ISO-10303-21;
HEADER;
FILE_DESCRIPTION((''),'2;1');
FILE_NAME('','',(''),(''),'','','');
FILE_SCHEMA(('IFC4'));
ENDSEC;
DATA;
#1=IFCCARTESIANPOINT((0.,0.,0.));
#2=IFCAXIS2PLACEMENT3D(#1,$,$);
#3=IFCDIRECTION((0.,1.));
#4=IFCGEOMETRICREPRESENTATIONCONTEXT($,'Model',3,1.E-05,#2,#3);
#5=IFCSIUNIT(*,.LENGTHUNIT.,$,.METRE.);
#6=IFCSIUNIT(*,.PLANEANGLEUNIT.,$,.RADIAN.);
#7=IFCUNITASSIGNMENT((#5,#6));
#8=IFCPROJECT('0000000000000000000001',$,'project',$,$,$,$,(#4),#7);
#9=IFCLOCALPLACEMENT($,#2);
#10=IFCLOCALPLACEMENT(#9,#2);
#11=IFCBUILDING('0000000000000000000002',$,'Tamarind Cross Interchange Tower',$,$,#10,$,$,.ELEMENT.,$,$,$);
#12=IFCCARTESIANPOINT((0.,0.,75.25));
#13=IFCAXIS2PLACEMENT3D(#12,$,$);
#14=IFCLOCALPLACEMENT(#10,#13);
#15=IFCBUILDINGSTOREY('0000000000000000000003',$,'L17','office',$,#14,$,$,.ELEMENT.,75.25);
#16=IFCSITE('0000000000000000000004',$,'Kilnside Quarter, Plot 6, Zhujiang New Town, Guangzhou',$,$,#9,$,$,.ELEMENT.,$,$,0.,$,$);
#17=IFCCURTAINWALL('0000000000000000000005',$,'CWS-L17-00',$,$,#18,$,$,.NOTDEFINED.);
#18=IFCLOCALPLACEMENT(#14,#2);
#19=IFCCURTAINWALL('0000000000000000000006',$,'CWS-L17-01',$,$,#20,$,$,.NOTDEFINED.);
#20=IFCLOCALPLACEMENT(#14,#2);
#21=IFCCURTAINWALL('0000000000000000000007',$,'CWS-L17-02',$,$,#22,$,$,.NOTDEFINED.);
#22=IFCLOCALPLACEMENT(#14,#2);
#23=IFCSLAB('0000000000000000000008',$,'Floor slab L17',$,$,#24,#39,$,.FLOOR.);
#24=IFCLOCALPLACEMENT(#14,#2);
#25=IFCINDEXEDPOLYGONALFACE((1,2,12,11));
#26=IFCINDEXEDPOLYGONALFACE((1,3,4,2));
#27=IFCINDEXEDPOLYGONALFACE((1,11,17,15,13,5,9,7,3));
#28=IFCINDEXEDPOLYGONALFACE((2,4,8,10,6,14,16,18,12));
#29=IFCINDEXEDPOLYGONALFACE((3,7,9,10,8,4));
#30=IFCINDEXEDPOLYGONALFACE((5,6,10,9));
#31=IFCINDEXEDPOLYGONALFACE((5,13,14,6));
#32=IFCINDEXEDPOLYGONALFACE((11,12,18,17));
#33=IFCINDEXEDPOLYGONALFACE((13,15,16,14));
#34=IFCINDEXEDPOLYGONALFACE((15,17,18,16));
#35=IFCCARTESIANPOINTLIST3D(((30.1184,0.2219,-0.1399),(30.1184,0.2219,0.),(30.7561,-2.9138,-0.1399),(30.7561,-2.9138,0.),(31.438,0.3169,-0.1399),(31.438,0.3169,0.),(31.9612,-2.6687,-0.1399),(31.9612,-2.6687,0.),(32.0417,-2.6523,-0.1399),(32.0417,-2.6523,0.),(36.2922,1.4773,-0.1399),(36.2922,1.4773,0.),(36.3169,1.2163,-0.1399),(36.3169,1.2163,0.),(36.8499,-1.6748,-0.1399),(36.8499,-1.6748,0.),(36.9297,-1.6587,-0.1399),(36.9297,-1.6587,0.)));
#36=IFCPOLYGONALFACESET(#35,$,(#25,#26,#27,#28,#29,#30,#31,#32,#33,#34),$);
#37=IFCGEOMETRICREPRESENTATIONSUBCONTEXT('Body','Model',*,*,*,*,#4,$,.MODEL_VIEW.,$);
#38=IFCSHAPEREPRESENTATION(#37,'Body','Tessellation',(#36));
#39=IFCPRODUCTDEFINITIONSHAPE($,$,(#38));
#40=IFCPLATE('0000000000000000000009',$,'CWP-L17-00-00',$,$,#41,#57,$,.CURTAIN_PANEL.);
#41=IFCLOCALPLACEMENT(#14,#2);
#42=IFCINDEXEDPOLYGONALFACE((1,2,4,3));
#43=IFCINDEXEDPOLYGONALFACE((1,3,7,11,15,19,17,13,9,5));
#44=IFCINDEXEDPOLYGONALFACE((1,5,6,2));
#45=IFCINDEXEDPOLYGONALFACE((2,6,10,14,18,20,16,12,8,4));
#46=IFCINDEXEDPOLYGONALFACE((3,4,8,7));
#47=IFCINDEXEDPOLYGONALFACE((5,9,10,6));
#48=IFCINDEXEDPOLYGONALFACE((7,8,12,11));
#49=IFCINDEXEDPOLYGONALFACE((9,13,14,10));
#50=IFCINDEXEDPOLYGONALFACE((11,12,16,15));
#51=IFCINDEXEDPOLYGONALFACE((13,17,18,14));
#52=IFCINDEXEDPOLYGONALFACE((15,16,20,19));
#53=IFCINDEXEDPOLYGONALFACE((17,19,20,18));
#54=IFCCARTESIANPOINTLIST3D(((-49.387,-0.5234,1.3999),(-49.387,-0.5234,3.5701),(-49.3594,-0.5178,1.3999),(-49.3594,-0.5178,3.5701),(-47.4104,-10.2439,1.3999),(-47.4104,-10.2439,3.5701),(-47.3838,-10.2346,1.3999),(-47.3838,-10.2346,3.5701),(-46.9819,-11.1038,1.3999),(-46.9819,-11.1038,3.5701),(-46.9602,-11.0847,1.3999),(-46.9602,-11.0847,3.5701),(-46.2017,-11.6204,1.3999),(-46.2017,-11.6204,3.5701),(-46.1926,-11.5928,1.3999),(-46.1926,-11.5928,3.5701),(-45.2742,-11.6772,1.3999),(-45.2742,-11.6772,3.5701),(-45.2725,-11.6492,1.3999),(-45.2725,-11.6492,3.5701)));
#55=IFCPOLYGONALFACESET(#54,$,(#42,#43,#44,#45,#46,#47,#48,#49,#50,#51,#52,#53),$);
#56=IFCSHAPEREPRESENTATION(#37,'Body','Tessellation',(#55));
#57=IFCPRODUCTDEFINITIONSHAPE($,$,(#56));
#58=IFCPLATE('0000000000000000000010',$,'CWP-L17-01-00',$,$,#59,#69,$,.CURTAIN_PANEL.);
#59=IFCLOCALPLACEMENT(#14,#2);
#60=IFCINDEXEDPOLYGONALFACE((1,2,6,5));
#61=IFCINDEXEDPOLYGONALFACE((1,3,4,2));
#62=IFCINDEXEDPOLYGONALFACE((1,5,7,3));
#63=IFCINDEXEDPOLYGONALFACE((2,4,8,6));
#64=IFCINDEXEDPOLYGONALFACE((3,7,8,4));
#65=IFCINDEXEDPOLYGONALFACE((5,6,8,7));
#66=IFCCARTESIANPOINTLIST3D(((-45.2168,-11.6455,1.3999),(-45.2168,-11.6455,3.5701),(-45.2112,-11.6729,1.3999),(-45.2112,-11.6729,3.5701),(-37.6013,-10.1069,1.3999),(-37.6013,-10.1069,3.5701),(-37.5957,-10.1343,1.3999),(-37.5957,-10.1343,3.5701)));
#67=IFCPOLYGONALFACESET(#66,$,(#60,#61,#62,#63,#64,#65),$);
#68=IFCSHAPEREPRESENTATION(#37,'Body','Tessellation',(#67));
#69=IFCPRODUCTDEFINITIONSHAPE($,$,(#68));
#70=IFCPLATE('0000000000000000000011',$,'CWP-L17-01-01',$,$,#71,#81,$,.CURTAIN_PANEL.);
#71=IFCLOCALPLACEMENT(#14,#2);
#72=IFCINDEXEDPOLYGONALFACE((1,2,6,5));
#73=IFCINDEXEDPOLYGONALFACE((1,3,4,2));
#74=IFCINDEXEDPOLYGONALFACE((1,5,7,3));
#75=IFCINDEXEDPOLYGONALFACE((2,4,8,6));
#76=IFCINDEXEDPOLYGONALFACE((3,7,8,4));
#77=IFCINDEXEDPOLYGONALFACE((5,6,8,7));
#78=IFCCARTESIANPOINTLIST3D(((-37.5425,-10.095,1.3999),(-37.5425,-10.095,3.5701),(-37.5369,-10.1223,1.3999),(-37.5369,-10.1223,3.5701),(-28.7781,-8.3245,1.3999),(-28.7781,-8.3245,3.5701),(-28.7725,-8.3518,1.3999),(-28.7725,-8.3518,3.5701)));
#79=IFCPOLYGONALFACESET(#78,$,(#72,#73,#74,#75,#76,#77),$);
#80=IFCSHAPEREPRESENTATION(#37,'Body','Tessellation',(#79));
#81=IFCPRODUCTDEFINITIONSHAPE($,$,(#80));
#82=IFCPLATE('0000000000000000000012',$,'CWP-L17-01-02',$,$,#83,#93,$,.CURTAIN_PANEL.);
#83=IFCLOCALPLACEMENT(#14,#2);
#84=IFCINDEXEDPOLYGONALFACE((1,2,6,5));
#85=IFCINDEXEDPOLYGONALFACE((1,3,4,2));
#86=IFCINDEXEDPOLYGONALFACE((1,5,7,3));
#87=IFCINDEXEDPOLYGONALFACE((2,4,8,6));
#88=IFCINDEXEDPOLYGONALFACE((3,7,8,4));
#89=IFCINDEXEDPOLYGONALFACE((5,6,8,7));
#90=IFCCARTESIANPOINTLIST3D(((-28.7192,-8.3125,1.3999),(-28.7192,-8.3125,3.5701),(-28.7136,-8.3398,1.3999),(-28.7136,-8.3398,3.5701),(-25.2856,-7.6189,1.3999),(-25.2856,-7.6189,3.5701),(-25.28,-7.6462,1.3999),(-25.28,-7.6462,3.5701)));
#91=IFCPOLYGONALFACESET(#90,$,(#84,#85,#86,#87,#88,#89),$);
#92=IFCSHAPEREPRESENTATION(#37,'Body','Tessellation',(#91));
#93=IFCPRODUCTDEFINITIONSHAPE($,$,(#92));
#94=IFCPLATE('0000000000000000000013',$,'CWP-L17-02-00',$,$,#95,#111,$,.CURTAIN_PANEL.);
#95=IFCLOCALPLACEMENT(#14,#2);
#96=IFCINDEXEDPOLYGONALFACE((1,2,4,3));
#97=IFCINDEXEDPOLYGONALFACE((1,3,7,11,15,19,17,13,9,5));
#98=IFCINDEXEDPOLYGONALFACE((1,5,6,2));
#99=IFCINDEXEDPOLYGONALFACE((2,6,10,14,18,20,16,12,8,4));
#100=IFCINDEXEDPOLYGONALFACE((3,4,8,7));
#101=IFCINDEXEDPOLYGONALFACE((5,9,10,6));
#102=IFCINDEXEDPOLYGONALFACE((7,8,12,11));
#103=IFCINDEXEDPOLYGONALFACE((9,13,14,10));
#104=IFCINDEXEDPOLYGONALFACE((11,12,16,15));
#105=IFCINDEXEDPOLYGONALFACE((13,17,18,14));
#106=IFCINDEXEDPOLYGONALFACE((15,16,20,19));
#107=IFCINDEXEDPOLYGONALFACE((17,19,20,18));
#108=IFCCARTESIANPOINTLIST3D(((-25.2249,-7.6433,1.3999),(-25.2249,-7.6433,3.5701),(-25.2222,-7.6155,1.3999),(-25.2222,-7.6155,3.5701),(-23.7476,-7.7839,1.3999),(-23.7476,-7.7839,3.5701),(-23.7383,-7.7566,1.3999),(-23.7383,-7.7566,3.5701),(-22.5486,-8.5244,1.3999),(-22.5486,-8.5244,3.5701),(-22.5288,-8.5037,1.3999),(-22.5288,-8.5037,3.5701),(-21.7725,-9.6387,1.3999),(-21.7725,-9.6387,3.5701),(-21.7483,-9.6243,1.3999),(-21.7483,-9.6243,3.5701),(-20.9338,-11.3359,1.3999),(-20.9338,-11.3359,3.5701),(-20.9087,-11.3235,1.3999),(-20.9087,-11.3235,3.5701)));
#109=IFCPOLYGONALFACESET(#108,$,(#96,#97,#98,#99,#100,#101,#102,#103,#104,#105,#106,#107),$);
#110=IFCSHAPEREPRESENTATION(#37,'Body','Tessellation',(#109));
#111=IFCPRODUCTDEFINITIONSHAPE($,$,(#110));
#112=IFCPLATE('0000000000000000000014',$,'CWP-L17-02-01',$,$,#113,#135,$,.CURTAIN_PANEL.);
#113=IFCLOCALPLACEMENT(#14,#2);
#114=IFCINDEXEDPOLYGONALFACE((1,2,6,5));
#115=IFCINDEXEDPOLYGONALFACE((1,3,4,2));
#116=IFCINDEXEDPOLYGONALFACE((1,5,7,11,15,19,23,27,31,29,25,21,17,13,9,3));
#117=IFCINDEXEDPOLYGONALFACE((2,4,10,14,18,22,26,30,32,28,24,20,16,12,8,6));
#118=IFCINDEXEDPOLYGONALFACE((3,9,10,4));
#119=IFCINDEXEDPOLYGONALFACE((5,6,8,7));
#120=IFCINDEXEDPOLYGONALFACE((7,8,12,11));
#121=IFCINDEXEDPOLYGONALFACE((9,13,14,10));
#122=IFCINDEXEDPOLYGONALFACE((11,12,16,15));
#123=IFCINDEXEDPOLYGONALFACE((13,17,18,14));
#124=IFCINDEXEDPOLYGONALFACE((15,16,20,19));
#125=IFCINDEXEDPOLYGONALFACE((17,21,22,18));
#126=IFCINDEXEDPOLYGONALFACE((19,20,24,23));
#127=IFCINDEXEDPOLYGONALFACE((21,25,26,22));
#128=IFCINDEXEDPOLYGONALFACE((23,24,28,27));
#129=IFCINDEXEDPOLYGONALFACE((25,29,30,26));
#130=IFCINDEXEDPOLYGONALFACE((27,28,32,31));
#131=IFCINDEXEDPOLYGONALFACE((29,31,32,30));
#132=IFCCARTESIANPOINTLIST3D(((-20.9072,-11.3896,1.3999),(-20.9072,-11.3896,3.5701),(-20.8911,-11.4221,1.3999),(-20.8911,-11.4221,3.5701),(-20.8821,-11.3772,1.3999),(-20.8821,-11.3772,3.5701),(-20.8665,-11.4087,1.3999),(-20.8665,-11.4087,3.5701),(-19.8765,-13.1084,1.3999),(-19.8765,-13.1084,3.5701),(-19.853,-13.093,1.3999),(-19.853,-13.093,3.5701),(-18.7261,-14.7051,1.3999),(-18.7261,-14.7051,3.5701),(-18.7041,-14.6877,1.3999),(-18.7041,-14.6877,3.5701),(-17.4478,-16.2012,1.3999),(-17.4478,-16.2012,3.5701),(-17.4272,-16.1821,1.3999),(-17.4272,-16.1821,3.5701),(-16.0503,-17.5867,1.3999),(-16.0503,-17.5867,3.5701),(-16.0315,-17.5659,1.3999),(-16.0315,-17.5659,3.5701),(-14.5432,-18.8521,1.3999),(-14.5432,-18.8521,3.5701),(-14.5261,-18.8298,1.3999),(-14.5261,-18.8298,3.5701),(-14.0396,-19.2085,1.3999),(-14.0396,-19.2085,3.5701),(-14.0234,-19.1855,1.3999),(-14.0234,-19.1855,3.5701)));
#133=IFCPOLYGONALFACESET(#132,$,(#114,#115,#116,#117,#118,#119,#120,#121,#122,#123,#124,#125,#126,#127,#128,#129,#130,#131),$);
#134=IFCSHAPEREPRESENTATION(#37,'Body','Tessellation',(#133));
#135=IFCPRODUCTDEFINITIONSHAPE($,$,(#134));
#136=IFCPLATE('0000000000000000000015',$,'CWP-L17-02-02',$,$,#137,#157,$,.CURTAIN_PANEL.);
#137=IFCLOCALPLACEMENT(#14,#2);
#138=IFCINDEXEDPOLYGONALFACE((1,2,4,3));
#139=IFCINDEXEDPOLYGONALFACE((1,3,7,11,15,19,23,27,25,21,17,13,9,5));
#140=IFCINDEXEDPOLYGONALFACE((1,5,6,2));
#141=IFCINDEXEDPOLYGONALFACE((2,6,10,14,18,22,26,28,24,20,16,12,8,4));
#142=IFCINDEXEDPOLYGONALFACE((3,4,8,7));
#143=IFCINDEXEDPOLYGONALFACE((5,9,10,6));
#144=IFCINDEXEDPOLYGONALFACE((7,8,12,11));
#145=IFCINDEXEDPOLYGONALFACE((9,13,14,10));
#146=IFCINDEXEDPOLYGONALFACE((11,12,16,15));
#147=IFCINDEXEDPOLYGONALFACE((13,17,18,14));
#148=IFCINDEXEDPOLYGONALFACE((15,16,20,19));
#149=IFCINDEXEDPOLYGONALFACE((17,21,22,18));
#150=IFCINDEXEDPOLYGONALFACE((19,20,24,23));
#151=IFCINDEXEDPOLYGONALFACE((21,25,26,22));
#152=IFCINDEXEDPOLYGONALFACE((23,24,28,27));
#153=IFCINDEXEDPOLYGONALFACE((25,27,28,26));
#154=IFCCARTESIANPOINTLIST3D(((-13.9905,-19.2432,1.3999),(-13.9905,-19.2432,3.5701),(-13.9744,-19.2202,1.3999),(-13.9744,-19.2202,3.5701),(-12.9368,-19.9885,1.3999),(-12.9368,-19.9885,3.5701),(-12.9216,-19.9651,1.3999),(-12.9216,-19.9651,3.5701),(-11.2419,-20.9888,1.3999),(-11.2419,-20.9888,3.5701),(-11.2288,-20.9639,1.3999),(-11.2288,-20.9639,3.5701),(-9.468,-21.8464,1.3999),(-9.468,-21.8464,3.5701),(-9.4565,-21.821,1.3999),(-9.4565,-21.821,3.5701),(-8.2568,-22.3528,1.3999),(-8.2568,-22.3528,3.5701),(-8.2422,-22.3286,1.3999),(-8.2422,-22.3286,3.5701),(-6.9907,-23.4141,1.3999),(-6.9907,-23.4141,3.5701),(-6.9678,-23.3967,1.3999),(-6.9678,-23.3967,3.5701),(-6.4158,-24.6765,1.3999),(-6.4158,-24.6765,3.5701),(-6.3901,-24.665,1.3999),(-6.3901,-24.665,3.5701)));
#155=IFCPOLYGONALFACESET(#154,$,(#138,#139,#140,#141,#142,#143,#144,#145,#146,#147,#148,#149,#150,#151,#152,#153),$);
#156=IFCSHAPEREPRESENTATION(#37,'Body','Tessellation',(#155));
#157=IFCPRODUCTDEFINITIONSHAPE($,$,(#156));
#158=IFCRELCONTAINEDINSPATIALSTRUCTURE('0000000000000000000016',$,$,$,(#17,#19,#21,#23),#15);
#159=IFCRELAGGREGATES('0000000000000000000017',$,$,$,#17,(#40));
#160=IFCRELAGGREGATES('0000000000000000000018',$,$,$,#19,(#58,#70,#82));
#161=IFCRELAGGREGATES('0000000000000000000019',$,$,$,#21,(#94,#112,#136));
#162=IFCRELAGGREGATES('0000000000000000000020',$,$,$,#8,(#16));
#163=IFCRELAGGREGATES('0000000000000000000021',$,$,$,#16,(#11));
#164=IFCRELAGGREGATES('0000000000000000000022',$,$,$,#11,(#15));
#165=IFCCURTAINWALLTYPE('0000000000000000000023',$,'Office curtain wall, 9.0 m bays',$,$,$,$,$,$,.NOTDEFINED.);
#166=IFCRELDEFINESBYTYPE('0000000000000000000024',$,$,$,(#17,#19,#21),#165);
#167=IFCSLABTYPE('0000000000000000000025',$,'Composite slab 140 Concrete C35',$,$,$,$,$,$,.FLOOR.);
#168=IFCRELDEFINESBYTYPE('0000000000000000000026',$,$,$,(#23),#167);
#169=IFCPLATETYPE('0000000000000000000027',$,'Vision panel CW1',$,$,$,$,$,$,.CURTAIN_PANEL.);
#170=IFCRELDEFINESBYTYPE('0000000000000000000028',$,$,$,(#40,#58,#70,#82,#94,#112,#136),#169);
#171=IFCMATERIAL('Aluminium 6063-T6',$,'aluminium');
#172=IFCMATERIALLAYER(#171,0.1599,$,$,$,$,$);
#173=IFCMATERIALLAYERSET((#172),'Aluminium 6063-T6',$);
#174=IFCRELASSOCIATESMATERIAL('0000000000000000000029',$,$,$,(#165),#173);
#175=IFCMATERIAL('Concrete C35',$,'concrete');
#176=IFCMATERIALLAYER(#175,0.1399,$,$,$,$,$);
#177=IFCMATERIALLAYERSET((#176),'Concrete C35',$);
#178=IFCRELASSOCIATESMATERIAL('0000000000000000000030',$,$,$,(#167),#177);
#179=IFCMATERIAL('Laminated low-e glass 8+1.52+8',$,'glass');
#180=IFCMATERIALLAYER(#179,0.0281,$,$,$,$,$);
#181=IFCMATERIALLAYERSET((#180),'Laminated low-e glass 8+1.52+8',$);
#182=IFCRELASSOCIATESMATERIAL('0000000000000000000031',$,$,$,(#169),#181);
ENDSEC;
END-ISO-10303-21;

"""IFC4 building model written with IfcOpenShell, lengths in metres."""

from ifc_helpers import new_model, si_unit, direction, frame, origin, place, context, subcontext, project, spatial, polyline, outline, extrude, material, layer, layer_set, type_object, element, aggregate, save


model = new_model("IFC4")

# Units and contexts
model_context = context("Model", 3, precision=1e-05, world=origin(), true_north=direction((0.0, 1.0)))
body_context = subcontext(model_context, "Body", "Model", "MODEL_VIEW")
ifc_project = project(units=[si_unit("LENGTHUNIT", "METRE"), si_unit("PLANEANGLEUNIT", "RADIAN")], contexts=[model_context])

# Site, building, storey
site_placement = place(None, origin())
site = spatial("IfcSite", under=ifc_project, at=site_placement, Name="Kilnside Quarter, Plot 6, Zhujiang New Town, Guangzhou", CompositionType="ELEMENT", RefElevation=0.0)
building_placement = place(site_placement, origin())
building = spatial("IfcBuilding", under=site, at=building_placement, Name="Tamarind Cross Interchange Tower", CompositionType="ELEMENT")
storey_placement = place(building_placement, frame((0.0, 0.0, 75.25)))
storey = spatial("IfcBuildingStorey", under=building, at=storey_placement, Name="L17", Description="office", CompositionType="ELEMENT", Elevation=75.25)

# Curtain walls
ifc_material_1 = material(Name="Aluminium 6063-T6", Category="aluminium")
ifc_layer_1 = layer(ifc_material_1, 0.1599)
ifc_layer_set_1 = layer_set([ifc_layer_1], Name="Aluminium 6063-T6")
curtain_wall_type = type_object("IfcCurtainWallType", Name="Office curtain wall, 9.0 m bays", PredefinedType="NOTDEFINED", material=ifc_layer_set_1)
curtain_wall_1_placement = place(storey_placement, origin())
curtain_wall_1 = element("IfcCurtainWall", 1, at=curtain_wall_1_placement, inside=storey, type_object=curtain_wall_type, Name="CWS-L17-00", PredefinedType="NOTDEFINED")
curtain_wall_2_placement = place(storey_placement, origin())
curtain_wall_2 = element("IfcCurtainWall", 2, at=curtain_wall_2_placement, inside=storey, type_object=curtain_wall_type, Name="CWS-L17-01", PredefinedType="NOTDEFINED")
curtain_wall_3_placement = place(storey_placement, origin())
curtain_wall_3 = element("IfcCurtainWall", 3, at=curtain_wall_3_placement, inside=storey, type_object=curtain_wall_type, Name="CWS-L17-02", PredefinedType="NOTDEFINED")

# Slab
ifc_material_2 = material(Name="Concrete C35", Category="concrete")
ifc_layer_2 = layer(ifc_material_2, 0.1399)
ifc_layer_set_2 = layer_set([ifc_layer_2], Name="Concrete C35")
slab_type = type_object("IfcSlabType", Name="Composite slab 140 Concrete C35", PredefinedType="FLOOR", material=ifc_layer_set_2)
slab_1_placement = place(storey_placement, frame((0.0, 0.0, -0.1399)))
element("IfcSlab", 4, at=slab_1_placement, inside=storey, type_object=slab_type, Name="Floor slab L17", PredefinedType="FLOOR", context=body_context, shape_type="SweptSolid", body=[
    extrude(outline(polyline([(36.9297, -1.6587), (36.2922, 1.4773), (30.1184, 0.2219), (30.7561, -2.9138), (31.9612, -2.6687), (32.0417, -2.6523), (31.438, 0.3169), (36.3169, 1.2163), (36.8499, -1.6748), (36.9297, -1.6587)])), origin(), (0.0, 0.0, 1.0), 0.1399),
])

# Plates
ifc_material_3 = material(Name="Laminated low-e glass 8+1.52+8", Category="glass")
ifc_layer_3 = layer(ifc_material_3, 0.0281)
ifc_layer_set_3 = layer_set([ifc_layer_3], Name="Laminated low-e glass 8+1.52+8")
plate_type = type_object("IfcPlateType", Name="Vision panel CW1", PredefinedType="CURTAIN_PANEL", material=ifc_layer_set_3)
plate_1_placement = place(storey_placement, frame((0.0, 0.0, 1.3999)))
plate_1 = element("IfcPlate", 5, at=plate_1_placement, type_object=plate_type, Name="CWP-L17-00-00", PredefinedType="CURTAIN_PANEL", context=body_context, shape_type="SweptSolid", body=[
    extrude(outline(polyline([(-49.3594, -0.5178), (-47.3838, -10.2346), (-46.9602, -11.0847), (-46.1926, -11.5928), (-45.2725, -11.6492), (-45.2742, -11.6772), (-46.2017, -11.6204), (-46.9819, -11.1038), (-47.4104, -10.2439), (-49.387, -0.5234), (-49.3594, -0.5178)])), origin(), (0.0, 0.0, 1.0), 2.1702),
])
aggregate(curtain_wall_1, [plate_1])
plate_2_placement = place(storey_placement, frame((0.0, 0.0, 1.3999)))
plate_2 = element("IfcPlate", 6, at=plate_2_placement, type_object=plate_type, Name="CWP-L17-01-00", PredefinedType="CURTAIN_PANEL", context=body_context, shape_type="SweptSolid", body=[
    extrude(outline(polyline([(-45.2168, -11.6455), (-37.6013, -10.1069), (-37.5957, -10.1343), (-45.2112, -11.6729), (-45.2168, -11.6455)])), origin(), (0.0, 0.0, 1.0), 2.1702),
])
plate_3_placement = place(storey_placement, frame((0.0, 0.0, 1.3999)))
plate_3 = element("IfcPlate", 7, at=plate_3_placement, type_object=plate_type, Name="CWP-L17-01-01", PredefinedType="CURTAIN_PANEL", context=body_context, shape_type="SweptSolid", body=[
    extrude(outline(polyline([(-37.5425, -10.095), (-28.7781, -8.3245), (-28.7725, -8.3518), (-37.5369, -10.1223), (-37.5425, -10.095)])), origin(), (0.0, 0.0, 1.0), 2.1702),
])
plate_4_placement = place(storey_placement, frame((0.0, 0.0, 1.3999)))
plate_4 = element("IfcPlate", 8, at=plate_4_placement, type_object=plate_type, Name="CWP-L17-01-02", PredefinedType="CURTAIN_PANEL", context=body_context, shape_type="SweptSolid", body=[
    extrude(outline(polyline([(-28.7192, -8.3125), (-25.2856, -7.6189), (-25.28, -7.6462), (-28.7136, -8.3398), (-28.7192, -8.3125)])), origin(), (0.0, 0.0, 1.0), 2.1702),
])
aggregate(curtain_wall_2, [plate_2, plate_3, plate_4])
plate_5_placement = place(storey_placement, frame((0.0, 0.0, 1.3999)))
plate_5 = element("IfcPlate", 9, at=plate_5_placement, type_object=plate_type, Name="CWP-L17-02-00", PredefinedType="CURTAIN_PANEL", context=body_context, shape_type="SweptSolid", body=[
    extrude(outline(polyline([(-25.2222, -7.6155), (-23.7383, -7.7566), (-22.5288, -8.5037), (-21.7483, -9.6243), (-20.9087, -11.3235), (-20.9338, -11.3359), (-21.7725, -9.6387), (-22.5486, -8.5244), (-23.7476, -7.7839), (-25.2249, -7.6433), (-25.2222, -7.6155)])), origin(), (0.0, 0.0, 1.0), 2.1702),
])
plate_6_placement = place(storey_placement, frame((0.0, 0.0, 1.3999)))
plate_6 = element("IfcPlate", 10, at=plate_6_placement, type_object=plate_type, Name="CWP-L17-02-01", PredefinedType="CURTAIN_PANEL", context=body_context, shape_type="SweptSolid", body=[
    extrude(outline(polyline([(-20.8821, -11.3772), (-20.8665, -11.4087), (-19.853, -13.093), (-18.7041, -14.6877), (-17.4272, -16.1821), (-16.0315, -17.5659), (-14.5261, -18.8298), (-14.0234, -19.1855), (-14.0396, -19.2085), (-14.5432, -18.8521), (-16.0503, -17.5867), (-17.4478, -16.2012), (-18.7261, -14.7051), (-19.8765, -13.1084), (-20.8911, -11.4221), (-20.9072, -11.3896), (-20.8821, -11.3772)])), origin(), (0.0, 0.0, 1.0), 2.1702),
])
plate_7_placement = place(storey_placement, frame((0.0, 0.0, 1.3999)))
plate_7 = element("IfcPlate", 11, at=plate_7_placement, type_object=plate_type, Name="CWP-L17-02-02", PredefinedType="CURTAIN_PANEL", context=body_context, shape_type="SweptSolid", body=[
    extrude(outline(polyline([(-13.9744, -19.2202), (-12.9216, -19.9651), (-11.2288, -20.9639), (-9.4565, -21.821), (-8.2422, -22.3286), (-6.9678, -23.3967), (-6.3901, -24.665), (-6.4158, -24.6765), (-6.9907, -23.4141), (-8.2568, -22.3528), (-9.468, -21.8464), (-11.2419, -20.9888), (-12.9368, -19.9885), (-13.9905, -19.2432), (-13.9744, -19.2202)])), origin(), (0.0, 0.0, 1.0), 2.1702),
])
aggregate(curtain_wall_3, [plate_5, plate_6, plate_7])

save(model, "model.ifc")
